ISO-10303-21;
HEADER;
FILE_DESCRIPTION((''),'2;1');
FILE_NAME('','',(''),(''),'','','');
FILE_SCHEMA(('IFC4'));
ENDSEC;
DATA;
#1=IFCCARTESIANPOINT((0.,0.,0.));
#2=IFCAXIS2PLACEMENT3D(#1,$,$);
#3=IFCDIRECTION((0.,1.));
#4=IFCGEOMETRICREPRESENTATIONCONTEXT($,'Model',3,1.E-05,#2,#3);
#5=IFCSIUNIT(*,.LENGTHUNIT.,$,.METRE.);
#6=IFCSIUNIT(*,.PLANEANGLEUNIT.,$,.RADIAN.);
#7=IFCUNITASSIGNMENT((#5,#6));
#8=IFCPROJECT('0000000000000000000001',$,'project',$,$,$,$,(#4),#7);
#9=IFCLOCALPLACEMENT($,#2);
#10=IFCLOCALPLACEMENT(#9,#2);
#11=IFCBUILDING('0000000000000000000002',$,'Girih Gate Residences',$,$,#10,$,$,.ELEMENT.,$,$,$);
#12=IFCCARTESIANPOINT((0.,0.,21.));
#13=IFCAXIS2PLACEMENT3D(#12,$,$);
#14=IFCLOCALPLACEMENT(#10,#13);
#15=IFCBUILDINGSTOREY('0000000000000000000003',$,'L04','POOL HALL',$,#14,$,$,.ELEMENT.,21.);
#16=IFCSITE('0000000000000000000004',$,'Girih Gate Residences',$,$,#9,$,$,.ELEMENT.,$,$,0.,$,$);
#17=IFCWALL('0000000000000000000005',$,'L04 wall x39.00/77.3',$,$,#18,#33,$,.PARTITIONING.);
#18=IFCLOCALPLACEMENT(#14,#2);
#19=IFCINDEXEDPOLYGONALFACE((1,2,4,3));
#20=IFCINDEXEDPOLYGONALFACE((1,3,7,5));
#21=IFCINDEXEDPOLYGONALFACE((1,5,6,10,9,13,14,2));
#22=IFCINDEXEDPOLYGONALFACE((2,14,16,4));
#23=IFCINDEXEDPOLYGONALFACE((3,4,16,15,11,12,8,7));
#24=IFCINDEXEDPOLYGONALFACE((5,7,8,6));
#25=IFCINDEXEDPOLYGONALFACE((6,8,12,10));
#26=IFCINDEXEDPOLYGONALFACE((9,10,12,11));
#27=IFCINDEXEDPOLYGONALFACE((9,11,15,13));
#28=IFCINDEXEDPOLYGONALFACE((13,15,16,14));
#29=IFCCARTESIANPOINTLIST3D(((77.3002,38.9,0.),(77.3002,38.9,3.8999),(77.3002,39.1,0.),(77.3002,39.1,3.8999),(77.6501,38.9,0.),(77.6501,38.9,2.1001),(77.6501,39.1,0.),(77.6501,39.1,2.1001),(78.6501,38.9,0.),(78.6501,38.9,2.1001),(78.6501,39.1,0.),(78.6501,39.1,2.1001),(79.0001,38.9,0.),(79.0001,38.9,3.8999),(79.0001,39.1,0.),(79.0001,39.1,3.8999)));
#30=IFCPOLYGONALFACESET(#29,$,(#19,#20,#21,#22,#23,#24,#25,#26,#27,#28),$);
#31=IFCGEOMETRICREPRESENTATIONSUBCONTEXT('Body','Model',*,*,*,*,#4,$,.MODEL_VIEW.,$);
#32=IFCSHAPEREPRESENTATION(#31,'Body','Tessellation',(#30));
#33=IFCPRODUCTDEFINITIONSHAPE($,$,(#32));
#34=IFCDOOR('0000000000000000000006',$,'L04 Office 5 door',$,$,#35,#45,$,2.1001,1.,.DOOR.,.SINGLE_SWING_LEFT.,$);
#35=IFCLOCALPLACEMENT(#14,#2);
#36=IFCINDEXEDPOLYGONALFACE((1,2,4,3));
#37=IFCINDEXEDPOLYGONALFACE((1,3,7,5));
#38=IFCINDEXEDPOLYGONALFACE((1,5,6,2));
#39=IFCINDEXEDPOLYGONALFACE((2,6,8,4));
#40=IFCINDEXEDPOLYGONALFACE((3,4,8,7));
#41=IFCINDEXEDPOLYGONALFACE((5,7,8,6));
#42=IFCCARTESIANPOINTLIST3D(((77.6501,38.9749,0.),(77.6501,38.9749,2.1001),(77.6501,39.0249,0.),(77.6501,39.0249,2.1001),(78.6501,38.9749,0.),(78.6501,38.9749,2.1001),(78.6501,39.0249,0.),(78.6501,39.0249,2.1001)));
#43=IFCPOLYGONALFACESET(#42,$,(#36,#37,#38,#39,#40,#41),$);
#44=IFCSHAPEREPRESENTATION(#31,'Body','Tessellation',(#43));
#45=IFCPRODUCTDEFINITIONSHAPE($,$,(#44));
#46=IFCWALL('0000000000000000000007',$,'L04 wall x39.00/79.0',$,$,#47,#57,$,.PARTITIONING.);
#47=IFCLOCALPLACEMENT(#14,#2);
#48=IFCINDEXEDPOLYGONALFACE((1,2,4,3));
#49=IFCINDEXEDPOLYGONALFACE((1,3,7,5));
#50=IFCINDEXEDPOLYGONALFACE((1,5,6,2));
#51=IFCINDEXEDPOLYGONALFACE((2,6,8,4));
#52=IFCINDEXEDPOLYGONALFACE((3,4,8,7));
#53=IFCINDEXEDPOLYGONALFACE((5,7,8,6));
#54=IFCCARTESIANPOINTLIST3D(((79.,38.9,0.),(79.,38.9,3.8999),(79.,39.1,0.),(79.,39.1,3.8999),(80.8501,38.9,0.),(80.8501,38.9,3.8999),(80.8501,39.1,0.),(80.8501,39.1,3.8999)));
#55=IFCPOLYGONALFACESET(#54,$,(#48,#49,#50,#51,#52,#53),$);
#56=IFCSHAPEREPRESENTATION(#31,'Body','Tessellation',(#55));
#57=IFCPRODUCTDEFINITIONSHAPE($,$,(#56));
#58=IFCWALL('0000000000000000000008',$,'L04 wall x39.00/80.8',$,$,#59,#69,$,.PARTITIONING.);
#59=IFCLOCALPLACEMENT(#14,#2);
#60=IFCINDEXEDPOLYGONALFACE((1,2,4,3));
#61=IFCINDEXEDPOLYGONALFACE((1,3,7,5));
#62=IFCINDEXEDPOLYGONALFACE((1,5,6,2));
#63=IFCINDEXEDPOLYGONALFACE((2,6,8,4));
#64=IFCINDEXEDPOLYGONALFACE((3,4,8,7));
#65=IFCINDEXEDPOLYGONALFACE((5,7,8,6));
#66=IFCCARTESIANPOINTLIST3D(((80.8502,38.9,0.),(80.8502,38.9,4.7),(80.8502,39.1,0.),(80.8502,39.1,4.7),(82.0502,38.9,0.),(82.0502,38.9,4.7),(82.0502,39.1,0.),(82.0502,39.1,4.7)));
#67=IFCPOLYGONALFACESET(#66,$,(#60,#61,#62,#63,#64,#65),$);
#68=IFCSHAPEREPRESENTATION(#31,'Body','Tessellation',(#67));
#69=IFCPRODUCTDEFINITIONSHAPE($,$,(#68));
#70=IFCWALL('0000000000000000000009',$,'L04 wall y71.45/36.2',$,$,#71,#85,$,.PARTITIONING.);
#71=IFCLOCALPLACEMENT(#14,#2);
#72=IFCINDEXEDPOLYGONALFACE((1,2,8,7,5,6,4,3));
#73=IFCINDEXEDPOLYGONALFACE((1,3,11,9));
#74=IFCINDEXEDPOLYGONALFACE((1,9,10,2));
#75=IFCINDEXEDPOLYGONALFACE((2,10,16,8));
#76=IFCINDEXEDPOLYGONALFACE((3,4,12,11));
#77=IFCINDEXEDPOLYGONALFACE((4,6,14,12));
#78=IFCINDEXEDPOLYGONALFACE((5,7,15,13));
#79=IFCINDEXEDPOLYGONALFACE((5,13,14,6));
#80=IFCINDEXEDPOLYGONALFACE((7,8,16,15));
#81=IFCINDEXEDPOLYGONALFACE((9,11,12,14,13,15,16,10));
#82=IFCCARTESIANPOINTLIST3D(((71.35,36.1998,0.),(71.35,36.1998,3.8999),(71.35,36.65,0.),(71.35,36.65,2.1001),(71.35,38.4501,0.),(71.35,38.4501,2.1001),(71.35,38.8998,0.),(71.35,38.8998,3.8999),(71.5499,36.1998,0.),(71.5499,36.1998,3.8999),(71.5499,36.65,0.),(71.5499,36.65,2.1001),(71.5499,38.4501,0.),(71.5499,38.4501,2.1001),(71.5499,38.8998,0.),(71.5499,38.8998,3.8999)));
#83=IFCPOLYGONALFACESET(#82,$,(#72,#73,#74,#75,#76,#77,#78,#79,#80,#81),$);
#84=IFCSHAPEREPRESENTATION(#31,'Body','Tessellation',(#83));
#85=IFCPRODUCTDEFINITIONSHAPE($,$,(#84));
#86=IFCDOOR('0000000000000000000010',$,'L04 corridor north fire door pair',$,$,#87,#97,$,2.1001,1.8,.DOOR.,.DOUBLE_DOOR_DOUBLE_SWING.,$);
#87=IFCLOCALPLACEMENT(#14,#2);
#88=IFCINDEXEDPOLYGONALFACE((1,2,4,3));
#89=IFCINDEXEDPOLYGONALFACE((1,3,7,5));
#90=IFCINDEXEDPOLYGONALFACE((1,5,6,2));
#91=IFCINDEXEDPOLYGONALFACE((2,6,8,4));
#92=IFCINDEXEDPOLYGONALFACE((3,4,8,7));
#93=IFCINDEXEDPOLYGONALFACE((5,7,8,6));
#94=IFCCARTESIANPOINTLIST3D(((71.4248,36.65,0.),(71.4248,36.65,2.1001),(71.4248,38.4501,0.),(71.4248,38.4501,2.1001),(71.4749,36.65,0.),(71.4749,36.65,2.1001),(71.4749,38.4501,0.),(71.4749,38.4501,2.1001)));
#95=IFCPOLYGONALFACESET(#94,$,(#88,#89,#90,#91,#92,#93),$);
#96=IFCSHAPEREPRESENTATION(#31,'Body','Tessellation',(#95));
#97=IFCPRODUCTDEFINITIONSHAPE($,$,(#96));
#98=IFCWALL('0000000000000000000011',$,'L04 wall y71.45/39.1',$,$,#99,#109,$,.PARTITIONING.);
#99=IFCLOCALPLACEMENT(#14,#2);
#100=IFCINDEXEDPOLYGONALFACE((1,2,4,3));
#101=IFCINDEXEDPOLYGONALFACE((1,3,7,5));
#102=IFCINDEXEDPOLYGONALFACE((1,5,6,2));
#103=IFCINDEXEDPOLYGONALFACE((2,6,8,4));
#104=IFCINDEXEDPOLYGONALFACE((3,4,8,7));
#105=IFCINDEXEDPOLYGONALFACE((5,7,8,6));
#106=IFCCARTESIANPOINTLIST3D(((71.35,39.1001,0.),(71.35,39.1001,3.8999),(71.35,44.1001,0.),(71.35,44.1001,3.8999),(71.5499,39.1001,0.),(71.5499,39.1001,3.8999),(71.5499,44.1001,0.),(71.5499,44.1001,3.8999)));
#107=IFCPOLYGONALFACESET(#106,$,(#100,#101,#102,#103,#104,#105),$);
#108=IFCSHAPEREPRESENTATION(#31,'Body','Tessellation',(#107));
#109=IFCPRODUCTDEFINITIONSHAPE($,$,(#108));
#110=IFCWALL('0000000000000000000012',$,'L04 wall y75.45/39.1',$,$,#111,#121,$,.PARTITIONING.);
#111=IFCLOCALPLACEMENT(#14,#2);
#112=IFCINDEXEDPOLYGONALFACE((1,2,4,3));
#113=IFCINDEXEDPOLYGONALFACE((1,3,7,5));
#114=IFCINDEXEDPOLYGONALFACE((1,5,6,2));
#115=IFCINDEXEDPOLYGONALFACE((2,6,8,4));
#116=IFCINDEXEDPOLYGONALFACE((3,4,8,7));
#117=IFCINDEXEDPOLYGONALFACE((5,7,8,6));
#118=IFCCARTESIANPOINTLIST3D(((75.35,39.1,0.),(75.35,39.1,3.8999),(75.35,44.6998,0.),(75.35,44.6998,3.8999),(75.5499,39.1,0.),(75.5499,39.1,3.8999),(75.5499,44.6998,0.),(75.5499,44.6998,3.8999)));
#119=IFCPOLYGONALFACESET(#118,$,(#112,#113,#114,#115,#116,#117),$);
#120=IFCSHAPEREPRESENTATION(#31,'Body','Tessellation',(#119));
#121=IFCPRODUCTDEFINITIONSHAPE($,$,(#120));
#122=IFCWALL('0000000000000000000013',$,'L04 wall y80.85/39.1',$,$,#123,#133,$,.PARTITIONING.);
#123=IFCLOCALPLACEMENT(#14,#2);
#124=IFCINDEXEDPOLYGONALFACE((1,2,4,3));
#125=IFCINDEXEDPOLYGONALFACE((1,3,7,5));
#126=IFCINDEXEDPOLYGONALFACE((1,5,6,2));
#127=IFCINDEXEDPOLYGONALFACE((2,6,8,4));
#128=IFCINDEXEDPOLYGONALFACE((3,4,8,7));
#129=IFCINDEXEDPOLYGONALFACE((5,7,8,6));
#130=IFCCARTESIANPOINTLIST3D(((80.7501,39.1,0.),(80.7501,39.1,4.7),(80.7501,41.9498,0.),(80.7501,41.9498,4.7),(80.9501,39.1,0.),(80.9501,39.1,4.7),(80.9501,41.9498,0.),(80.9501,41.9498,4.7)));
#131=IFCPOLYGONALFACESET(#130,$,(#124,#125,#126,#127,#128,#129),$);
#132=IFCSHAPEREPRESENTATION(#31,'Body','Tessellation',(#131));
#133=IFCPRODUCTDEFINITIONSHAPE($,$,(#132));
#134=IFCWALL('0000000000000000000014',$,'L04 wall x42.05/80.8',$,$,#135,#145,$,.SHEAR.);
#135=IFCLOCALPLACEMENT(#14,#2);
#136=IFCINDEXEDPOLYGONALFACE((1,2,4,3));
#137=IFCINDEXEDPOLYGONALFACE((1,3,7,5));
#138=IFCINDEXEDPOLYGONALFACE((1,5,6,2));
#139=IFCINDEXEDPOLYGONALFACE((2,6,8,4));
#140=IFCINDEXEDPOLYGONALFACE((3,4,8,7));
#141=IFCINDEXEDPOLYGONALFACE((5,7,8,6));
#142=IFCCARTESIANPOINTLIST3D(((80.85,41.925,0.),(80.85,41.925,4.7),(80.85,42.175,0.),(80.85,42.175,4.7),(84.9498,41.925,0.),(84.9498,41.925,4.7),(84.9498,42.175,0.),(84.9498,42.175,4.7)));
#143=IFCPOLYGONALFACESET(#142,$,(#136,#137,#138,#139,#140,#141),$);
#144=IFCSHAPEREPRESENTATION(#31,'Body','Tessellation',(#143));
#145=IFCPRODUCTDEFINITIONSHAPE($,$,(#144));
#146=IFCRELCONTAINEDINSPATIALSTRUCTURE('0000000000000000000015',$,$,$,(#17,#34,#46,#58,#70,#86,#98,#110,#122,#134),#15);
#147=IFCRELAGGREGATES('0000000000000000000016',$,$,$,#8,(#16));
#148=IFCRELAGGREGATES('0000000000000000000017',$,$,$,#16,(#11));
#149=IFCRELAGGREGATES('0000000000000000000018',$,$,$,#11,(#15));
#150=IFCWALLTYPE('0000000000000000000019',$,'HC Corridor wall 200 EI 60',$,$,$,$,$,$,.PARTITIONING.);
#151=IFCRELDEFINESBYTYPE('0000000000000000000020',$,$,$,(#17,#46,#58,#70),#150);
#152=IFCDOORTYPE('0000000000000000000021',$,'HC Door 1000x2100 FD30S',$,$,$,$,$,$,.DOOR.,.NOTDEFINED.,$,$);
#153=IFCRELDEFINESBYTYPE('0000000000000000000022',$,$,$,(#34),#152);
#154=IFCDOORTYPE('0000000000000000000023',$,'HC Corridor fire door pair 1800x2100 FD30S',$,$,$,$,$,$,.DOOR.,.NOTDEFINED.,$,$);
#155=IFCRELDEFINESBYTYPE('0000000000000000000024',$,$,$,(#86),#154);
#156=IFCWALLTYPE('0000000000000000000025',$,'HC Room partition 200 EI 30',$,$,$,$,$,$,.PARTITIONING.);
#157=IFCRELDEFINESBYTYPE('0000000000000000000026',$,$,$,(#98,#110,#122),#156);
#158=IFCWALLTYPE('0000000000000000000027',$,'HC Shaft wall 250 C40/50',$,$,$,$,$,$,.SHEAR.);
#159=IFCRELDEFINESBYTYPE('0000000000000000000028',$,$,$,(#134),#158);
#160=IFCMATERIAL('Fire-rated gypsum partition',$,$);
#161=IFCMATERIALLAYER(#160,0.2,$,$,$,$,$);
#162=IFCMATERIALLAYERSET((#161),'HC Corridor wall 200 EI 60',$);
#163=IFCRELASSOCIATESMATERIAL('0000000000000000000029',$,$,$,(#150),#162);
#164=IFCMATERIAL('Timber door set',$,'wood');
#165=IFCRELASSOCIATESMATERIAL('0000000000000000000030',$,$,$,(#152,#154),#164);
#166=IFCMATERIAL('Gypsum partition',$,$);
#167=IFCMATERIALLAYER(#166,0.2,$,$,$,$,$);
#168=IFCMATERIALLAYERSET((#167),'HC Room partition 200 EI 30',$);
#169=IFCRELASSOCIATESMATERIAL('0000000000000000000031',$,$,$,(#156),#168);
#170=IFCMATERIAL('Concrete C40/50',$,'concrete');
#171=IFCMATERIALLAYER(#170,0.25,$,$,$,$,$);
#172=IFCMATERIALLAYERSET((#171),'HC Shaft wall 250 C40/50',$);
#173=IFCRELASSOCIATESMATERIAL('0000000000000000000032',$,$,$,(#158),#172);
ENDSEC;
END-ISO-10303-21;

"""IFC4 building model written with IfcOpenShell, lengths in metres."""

from ifc_helpers import new_model, si_unit, direction, frame, frame_2d, origin, place, context, subcontext, project, spatial, rectangle, extrude, material, layer, layer_set, type_object, element, fill, save


model = new_model("IFC4")

# Units and contexts
model_context = context("Model", 3, precision=1e-05, world=origin(), true_north=direction((0.0, 1.0)))
body_context = subcontext(model_context, "Body", "Model", "MODEL_VIEW")
ifc_project = project(units=[si_unit("LENGTHUNIT", "METRE"), si_unit("PLANEANGLEUNIT", "RADIAN")], contexts=[model_context])

# Site, building, storey
site_placement = place(None, origin())
site = spatial("IfcSite", under=ifc_project, at=site_placement, Name="Girih Gate Residences", CompositionType="ELEMENT", RefElevation=0.0)
building_placement = place(site_placement, origin())
building = spatial("IfcBuilding", under=site, at=building_placement, Name="Girih Gate Residences", CompositionType="ELEMENT")
storey_placement = place(building_placement, frame((0.0, 0.0, 21.0)))
storey = spatial("IfcBuildingStorey", under=building, at=storey_placement, Name="L04", Description="POOL HALL", CompositionType="ELEMENT", Elevation=21.0)

# Shared definitions
ifc_material_1 = material(Name="Concrete C40/50", Category="concrete")

# Shared definitions
ifc_material_2 = material(Name="Fire-rated gypsum partition")
ifc_layer_1 = layer(ifc_material_2, 0.2)
ifc_layer_set_1 = layer_set([ifc_layer_1], Name="HC Corridor wall 200 EI 60")
wall_type_1 = type_object("IfcWallType", Name="HC Corridor wall 200 EI 60", PredefinedType="PARTITIONING", material=ifc_layer_set_1)

# Shared definitions
ifc_material_3 = material(Name="Timber door set", Category="wood")
door_type_1 = type_object("IfcDoorType", Name="HC Door 1000x2100 FD30S", OperationType="NOTDEFINED", PredefinedType="DOOR", material=ifc_material_3)

# Wall, opening, door
wall_1_placement = place(storey_placement, frame((77.3, 39.0, 0.0), z_axis=(0.0, 0.0, 1.0), x_axis=(1.0, 0.0, 0.0)))
wall_1 = element("IfcWall", 1, at=wall_1_placement, inside=storey, type_object=wall_type_1, Name="L04 wall x39.00/77.3", PredefinedType="PARTITIONING", context=body_context, shape_type="SweptSolid", body=[
    extrude(rectangle(XDim=1.7, YDim=0.2, at=frame_2d((0.8501, 0.0))), origin(), (0.0, 0.0, 1.0), 3.8999),
])
opening_1_placement = place(wall_1_placement, frame((0.3501, 0.0, 0.0)))
opening_1 = element("IfcOpeningElement", 2, at=opening_1_placement, cuts=wall_1, PredefinedType="OPENING", context=body_context, shape_type="SweptSolid", body=[
    extrude(rectangle(XDim=1.0, YDim=2.1001, at=frame_2d((0.5, 1.05))), frame((0.0, 0.1099, 0.0), z_axis=(0.0, -1.0, 0.0), x_axis=(1.0, 0.0, 0.0)), (0.0, 0.0, 1.0), 0.22),
])
door_1_placement = place(opening_1_placement, origin())
door_1 = element("IfcDoor", 3, at=door_1_placement, inside=storey, type_object=door_type_1, Name="L04 Office 5 door", OperationType="SINGLE_SWING_LEFT", OverallHeight=2.1001, OverallWidth=1.0, PredefinedType="DOOR", context=body_context, shape_type="SweptSolid", body=[
    extrude(rectangle(XDim=1.0, YDim=2.1001, at=frame_2d((0.5, 1.05))), frame((0.0, 0.0249, 0.0), z_axis=(0.0, -1.0, 0.0), x_axis=(1.0, 0.0, 0.0)), (0.0, 0.0, 1.0), 0.05),
])
fill(opening_1, door_1)

# Walls
wall_2_placement = place(storey_placement, frame((79.0, 39.0, 0.0), z_axis=(0.0, 0.0, 1.0), x_axis=(1.0, 0.0, 0.0)))
element("IfcWall", 4, at=wall_2_placement, inside=storey, type_object=wall_type_1, Name="L04 wall x39.00/79.0", PredefinedType="PARTITIONING", context=body_context, shape_type="SweptSolid", body=[
    extrude(rectangle(XDim=1.8501, YDim=0.2, at=frame_2d((0.925, 0.0))), origin(), (0.0, 0.0, 1.0), 3.8999),
])
wall_3_placement = place(storey_placement, frame((80.8501, 39.0, 0.0), z_axis=(0.0, 0.0, 1.0), x_axis=(1.0, 0.0, 0.0)))
element("IfcWall", 5, at=wall_3_placement, inside=storey, type_object=wall_type_1, Name="L04 wall x39.00/80.8", PredefinedType="PARTITIONING", context=body_context, shape_type="SweptSolid", body=[
    extrude(rectangle(XDim=1.2, YDim=0.2, at=frame_2d((0.6001, 0.0))), origin(), (0.0, 0.0, 1.0), 4.7),
])

# Wall, opening, door
wall_4_placement = place(storey_placement, frame((71.45, 38.8999, 0.0), z_axis=(0.0, 0.0, 1.0), x_axis=(0.0, -1.0, 0.0)))
wall_4 = element("IfcWall", 6, at=wall_4_placement, inside=storey, type_object=wall_type_1, Name="L04 wall y71.45/36.2", PredefinedType="PARTITIONING", context=body_context, shape_type="SweptSolid", body=[
    extrude(rectangle(XDim=2.7, YDim=0.2, at=frame_2d((1.3501, 0.0))), origin(), (0.0, 0.0, 1.0), 3.8999),
])
opening_2_placement = place(wall_4_placement, frame((0.45, 0.0, 0.0)))
opening_2 = element("IfcOpeningElement", 7, at=opening_2_placement, cuts=wall_4, PredefinedType="OPENING", context=body_context, shape_type="SweptSolid", body=[
    extrude(rectangle(XDim=1.8, YDim=2.1001, at=frame_2d((0.8999, 1.05))), frame((0.0, 0.1099, 0.0), z_axis=(0.0, -1.0, 0.0), x_axis=(1.0, 0.0, 0.0)), (0.0, 0.0, 1.0), 0.22),
])
door_type_2 = type_object("IfcDoorType", Name="HC Corridor fire door pair 1800x2100 FD30S", OperationType="NOTDEFINED", PredefinedType="DOOR", material=ifc_material_3)
door_2_placement = place(opening_2_placement, origin())
door_2 = element("IfcDoor", 8, at=door_2_placement, inside=storey, type_object=door_type_2, Name="L04 corridor north fire door pair", OperationType="DOUBLE_DOOR_DOUBLE_SWING", OverallHeight=2.1001, OverallWidth=1.8, PredefinedType="DOOR", context=body_context, shape_type="SweptSolid", body=[
    extrude(rectangle(XDim=1.8, YDim=2.1001, at=frame_2d((0.8999, 1.05))), frame((0.0, 0.0249, 0.0), z_axis=(0.0, -1.0, 0.0), x_axis=(1.0, 0.0, 0.0)), (0.0, 0.0, 1.0), 0.05),
])
fill(opening_2, door_2)

# Walls
ifc_material_4 = material(Name="Gypsum partition")
ifc_layer_2 = layer(ifc_material_4, 0.2)
ifc_layer_set_2 = layer_set([ifc_layer_2], Name="HC Room partition 200 EI 30")
wall_type_2 = type_object("IfcWallType", Name="HC Room partition 200 EI 30", PredefinedType="PARTITIONING", material=ifc_layer_set_2)
wall_5_placement = place(storey_placement, frame((71.45, 39.1001, 0.0), z_axis=(0.0, 0.0, 1.0), x_axis=(0.0, 1.0, 0.0)))
element("IfcWall", 9, at=wall_5_placement, inside=storey, type_object=wall_type_2, Name="L04 wall y71.45/39.1", PredefinedType="PARTITIONING", context=body_context, shape_type="SweptSolid", body=[
    extrude(rectangle(XDim=5.0, YDim=0.2, at=frame_2d((2.5, 0.0))), origin(), (0.0, 0.0, 1.0), 3.8999),
])
wall_6_placement = place(storey_placement, frame((75.45, 39.1001, 0.0), z_axis=(0.0, 0.0, 1.0), x_axis=(0.0, 1.0, 0.0)))
element("IfcWall", 10, at=wall_6_placement, inside=storey, type_object=wall_type_2, Name="L04 wall y75.45/39.1", PredefinedType="PARTITIONING", context=body_context, shape_type="SweptSolid", body=[
    extrude(rectangle(XDim=5.5999, YDim=0.2, at=frame_2d((2.7998, 0.0))), origin(), (0.0, 0.0, 1.0), 3.8999),
])
wall_7_placement = place(storey_placement, frame((80.8501, 39.1001, 0.0), z_axis=(0.0, 0.0, 1.0), x_axis=(0.0, 1.0, 0.0)))
element("IfcWall", 11, at=wall_7_placement, inside=storey, type_object=wall_type_2, Name="L04 wall y80.85/39.1", PredefinedType="PARTITIONING", context=body_context, shape_type="SweptSolid", body=[
    extrude(rectangle(XDim=2.8499, YDim=0.2, at=frame_2d((1.4248, 0.0))), origin(), (0.0, 0.0, 1.0), 4.7),
])
ifc_layer_3 = layer(ifc_material_1, 0.25)
ifc_layer_set_3 = layer_set([ifc_layer_3], Name="HC Shaft wall 250 C40/50")
wall_type_3 = type_object("IfcWallType", Name="HC Shaft wall 250 C40/50", PredefinedType="SHEAR", material=ifc_layer_set_3)
wall_8_placement = place(storey_placement, frame((80.8501, 42.05, 0.0), z_axis=(0.0, 0.0, 1.0), x_axis=(1.0, 0.0, 0.0)))
element("IfcWall", 12, at=wall_8_placement, inside=storey, type_object=wall_type_3, Name="L04 wall x42.05/80.8", PredefinedType="SHEAR", context=body_context, shape_type="SweptSolid", body=[
    extrude(rectangle(XDim=4.0999, YDim=0.25, at=frame_2d((2.0498, 0.0))), origin(), (0.0, 0.0, 1.0), 4.7),
])

save(model, "model.ifc")
